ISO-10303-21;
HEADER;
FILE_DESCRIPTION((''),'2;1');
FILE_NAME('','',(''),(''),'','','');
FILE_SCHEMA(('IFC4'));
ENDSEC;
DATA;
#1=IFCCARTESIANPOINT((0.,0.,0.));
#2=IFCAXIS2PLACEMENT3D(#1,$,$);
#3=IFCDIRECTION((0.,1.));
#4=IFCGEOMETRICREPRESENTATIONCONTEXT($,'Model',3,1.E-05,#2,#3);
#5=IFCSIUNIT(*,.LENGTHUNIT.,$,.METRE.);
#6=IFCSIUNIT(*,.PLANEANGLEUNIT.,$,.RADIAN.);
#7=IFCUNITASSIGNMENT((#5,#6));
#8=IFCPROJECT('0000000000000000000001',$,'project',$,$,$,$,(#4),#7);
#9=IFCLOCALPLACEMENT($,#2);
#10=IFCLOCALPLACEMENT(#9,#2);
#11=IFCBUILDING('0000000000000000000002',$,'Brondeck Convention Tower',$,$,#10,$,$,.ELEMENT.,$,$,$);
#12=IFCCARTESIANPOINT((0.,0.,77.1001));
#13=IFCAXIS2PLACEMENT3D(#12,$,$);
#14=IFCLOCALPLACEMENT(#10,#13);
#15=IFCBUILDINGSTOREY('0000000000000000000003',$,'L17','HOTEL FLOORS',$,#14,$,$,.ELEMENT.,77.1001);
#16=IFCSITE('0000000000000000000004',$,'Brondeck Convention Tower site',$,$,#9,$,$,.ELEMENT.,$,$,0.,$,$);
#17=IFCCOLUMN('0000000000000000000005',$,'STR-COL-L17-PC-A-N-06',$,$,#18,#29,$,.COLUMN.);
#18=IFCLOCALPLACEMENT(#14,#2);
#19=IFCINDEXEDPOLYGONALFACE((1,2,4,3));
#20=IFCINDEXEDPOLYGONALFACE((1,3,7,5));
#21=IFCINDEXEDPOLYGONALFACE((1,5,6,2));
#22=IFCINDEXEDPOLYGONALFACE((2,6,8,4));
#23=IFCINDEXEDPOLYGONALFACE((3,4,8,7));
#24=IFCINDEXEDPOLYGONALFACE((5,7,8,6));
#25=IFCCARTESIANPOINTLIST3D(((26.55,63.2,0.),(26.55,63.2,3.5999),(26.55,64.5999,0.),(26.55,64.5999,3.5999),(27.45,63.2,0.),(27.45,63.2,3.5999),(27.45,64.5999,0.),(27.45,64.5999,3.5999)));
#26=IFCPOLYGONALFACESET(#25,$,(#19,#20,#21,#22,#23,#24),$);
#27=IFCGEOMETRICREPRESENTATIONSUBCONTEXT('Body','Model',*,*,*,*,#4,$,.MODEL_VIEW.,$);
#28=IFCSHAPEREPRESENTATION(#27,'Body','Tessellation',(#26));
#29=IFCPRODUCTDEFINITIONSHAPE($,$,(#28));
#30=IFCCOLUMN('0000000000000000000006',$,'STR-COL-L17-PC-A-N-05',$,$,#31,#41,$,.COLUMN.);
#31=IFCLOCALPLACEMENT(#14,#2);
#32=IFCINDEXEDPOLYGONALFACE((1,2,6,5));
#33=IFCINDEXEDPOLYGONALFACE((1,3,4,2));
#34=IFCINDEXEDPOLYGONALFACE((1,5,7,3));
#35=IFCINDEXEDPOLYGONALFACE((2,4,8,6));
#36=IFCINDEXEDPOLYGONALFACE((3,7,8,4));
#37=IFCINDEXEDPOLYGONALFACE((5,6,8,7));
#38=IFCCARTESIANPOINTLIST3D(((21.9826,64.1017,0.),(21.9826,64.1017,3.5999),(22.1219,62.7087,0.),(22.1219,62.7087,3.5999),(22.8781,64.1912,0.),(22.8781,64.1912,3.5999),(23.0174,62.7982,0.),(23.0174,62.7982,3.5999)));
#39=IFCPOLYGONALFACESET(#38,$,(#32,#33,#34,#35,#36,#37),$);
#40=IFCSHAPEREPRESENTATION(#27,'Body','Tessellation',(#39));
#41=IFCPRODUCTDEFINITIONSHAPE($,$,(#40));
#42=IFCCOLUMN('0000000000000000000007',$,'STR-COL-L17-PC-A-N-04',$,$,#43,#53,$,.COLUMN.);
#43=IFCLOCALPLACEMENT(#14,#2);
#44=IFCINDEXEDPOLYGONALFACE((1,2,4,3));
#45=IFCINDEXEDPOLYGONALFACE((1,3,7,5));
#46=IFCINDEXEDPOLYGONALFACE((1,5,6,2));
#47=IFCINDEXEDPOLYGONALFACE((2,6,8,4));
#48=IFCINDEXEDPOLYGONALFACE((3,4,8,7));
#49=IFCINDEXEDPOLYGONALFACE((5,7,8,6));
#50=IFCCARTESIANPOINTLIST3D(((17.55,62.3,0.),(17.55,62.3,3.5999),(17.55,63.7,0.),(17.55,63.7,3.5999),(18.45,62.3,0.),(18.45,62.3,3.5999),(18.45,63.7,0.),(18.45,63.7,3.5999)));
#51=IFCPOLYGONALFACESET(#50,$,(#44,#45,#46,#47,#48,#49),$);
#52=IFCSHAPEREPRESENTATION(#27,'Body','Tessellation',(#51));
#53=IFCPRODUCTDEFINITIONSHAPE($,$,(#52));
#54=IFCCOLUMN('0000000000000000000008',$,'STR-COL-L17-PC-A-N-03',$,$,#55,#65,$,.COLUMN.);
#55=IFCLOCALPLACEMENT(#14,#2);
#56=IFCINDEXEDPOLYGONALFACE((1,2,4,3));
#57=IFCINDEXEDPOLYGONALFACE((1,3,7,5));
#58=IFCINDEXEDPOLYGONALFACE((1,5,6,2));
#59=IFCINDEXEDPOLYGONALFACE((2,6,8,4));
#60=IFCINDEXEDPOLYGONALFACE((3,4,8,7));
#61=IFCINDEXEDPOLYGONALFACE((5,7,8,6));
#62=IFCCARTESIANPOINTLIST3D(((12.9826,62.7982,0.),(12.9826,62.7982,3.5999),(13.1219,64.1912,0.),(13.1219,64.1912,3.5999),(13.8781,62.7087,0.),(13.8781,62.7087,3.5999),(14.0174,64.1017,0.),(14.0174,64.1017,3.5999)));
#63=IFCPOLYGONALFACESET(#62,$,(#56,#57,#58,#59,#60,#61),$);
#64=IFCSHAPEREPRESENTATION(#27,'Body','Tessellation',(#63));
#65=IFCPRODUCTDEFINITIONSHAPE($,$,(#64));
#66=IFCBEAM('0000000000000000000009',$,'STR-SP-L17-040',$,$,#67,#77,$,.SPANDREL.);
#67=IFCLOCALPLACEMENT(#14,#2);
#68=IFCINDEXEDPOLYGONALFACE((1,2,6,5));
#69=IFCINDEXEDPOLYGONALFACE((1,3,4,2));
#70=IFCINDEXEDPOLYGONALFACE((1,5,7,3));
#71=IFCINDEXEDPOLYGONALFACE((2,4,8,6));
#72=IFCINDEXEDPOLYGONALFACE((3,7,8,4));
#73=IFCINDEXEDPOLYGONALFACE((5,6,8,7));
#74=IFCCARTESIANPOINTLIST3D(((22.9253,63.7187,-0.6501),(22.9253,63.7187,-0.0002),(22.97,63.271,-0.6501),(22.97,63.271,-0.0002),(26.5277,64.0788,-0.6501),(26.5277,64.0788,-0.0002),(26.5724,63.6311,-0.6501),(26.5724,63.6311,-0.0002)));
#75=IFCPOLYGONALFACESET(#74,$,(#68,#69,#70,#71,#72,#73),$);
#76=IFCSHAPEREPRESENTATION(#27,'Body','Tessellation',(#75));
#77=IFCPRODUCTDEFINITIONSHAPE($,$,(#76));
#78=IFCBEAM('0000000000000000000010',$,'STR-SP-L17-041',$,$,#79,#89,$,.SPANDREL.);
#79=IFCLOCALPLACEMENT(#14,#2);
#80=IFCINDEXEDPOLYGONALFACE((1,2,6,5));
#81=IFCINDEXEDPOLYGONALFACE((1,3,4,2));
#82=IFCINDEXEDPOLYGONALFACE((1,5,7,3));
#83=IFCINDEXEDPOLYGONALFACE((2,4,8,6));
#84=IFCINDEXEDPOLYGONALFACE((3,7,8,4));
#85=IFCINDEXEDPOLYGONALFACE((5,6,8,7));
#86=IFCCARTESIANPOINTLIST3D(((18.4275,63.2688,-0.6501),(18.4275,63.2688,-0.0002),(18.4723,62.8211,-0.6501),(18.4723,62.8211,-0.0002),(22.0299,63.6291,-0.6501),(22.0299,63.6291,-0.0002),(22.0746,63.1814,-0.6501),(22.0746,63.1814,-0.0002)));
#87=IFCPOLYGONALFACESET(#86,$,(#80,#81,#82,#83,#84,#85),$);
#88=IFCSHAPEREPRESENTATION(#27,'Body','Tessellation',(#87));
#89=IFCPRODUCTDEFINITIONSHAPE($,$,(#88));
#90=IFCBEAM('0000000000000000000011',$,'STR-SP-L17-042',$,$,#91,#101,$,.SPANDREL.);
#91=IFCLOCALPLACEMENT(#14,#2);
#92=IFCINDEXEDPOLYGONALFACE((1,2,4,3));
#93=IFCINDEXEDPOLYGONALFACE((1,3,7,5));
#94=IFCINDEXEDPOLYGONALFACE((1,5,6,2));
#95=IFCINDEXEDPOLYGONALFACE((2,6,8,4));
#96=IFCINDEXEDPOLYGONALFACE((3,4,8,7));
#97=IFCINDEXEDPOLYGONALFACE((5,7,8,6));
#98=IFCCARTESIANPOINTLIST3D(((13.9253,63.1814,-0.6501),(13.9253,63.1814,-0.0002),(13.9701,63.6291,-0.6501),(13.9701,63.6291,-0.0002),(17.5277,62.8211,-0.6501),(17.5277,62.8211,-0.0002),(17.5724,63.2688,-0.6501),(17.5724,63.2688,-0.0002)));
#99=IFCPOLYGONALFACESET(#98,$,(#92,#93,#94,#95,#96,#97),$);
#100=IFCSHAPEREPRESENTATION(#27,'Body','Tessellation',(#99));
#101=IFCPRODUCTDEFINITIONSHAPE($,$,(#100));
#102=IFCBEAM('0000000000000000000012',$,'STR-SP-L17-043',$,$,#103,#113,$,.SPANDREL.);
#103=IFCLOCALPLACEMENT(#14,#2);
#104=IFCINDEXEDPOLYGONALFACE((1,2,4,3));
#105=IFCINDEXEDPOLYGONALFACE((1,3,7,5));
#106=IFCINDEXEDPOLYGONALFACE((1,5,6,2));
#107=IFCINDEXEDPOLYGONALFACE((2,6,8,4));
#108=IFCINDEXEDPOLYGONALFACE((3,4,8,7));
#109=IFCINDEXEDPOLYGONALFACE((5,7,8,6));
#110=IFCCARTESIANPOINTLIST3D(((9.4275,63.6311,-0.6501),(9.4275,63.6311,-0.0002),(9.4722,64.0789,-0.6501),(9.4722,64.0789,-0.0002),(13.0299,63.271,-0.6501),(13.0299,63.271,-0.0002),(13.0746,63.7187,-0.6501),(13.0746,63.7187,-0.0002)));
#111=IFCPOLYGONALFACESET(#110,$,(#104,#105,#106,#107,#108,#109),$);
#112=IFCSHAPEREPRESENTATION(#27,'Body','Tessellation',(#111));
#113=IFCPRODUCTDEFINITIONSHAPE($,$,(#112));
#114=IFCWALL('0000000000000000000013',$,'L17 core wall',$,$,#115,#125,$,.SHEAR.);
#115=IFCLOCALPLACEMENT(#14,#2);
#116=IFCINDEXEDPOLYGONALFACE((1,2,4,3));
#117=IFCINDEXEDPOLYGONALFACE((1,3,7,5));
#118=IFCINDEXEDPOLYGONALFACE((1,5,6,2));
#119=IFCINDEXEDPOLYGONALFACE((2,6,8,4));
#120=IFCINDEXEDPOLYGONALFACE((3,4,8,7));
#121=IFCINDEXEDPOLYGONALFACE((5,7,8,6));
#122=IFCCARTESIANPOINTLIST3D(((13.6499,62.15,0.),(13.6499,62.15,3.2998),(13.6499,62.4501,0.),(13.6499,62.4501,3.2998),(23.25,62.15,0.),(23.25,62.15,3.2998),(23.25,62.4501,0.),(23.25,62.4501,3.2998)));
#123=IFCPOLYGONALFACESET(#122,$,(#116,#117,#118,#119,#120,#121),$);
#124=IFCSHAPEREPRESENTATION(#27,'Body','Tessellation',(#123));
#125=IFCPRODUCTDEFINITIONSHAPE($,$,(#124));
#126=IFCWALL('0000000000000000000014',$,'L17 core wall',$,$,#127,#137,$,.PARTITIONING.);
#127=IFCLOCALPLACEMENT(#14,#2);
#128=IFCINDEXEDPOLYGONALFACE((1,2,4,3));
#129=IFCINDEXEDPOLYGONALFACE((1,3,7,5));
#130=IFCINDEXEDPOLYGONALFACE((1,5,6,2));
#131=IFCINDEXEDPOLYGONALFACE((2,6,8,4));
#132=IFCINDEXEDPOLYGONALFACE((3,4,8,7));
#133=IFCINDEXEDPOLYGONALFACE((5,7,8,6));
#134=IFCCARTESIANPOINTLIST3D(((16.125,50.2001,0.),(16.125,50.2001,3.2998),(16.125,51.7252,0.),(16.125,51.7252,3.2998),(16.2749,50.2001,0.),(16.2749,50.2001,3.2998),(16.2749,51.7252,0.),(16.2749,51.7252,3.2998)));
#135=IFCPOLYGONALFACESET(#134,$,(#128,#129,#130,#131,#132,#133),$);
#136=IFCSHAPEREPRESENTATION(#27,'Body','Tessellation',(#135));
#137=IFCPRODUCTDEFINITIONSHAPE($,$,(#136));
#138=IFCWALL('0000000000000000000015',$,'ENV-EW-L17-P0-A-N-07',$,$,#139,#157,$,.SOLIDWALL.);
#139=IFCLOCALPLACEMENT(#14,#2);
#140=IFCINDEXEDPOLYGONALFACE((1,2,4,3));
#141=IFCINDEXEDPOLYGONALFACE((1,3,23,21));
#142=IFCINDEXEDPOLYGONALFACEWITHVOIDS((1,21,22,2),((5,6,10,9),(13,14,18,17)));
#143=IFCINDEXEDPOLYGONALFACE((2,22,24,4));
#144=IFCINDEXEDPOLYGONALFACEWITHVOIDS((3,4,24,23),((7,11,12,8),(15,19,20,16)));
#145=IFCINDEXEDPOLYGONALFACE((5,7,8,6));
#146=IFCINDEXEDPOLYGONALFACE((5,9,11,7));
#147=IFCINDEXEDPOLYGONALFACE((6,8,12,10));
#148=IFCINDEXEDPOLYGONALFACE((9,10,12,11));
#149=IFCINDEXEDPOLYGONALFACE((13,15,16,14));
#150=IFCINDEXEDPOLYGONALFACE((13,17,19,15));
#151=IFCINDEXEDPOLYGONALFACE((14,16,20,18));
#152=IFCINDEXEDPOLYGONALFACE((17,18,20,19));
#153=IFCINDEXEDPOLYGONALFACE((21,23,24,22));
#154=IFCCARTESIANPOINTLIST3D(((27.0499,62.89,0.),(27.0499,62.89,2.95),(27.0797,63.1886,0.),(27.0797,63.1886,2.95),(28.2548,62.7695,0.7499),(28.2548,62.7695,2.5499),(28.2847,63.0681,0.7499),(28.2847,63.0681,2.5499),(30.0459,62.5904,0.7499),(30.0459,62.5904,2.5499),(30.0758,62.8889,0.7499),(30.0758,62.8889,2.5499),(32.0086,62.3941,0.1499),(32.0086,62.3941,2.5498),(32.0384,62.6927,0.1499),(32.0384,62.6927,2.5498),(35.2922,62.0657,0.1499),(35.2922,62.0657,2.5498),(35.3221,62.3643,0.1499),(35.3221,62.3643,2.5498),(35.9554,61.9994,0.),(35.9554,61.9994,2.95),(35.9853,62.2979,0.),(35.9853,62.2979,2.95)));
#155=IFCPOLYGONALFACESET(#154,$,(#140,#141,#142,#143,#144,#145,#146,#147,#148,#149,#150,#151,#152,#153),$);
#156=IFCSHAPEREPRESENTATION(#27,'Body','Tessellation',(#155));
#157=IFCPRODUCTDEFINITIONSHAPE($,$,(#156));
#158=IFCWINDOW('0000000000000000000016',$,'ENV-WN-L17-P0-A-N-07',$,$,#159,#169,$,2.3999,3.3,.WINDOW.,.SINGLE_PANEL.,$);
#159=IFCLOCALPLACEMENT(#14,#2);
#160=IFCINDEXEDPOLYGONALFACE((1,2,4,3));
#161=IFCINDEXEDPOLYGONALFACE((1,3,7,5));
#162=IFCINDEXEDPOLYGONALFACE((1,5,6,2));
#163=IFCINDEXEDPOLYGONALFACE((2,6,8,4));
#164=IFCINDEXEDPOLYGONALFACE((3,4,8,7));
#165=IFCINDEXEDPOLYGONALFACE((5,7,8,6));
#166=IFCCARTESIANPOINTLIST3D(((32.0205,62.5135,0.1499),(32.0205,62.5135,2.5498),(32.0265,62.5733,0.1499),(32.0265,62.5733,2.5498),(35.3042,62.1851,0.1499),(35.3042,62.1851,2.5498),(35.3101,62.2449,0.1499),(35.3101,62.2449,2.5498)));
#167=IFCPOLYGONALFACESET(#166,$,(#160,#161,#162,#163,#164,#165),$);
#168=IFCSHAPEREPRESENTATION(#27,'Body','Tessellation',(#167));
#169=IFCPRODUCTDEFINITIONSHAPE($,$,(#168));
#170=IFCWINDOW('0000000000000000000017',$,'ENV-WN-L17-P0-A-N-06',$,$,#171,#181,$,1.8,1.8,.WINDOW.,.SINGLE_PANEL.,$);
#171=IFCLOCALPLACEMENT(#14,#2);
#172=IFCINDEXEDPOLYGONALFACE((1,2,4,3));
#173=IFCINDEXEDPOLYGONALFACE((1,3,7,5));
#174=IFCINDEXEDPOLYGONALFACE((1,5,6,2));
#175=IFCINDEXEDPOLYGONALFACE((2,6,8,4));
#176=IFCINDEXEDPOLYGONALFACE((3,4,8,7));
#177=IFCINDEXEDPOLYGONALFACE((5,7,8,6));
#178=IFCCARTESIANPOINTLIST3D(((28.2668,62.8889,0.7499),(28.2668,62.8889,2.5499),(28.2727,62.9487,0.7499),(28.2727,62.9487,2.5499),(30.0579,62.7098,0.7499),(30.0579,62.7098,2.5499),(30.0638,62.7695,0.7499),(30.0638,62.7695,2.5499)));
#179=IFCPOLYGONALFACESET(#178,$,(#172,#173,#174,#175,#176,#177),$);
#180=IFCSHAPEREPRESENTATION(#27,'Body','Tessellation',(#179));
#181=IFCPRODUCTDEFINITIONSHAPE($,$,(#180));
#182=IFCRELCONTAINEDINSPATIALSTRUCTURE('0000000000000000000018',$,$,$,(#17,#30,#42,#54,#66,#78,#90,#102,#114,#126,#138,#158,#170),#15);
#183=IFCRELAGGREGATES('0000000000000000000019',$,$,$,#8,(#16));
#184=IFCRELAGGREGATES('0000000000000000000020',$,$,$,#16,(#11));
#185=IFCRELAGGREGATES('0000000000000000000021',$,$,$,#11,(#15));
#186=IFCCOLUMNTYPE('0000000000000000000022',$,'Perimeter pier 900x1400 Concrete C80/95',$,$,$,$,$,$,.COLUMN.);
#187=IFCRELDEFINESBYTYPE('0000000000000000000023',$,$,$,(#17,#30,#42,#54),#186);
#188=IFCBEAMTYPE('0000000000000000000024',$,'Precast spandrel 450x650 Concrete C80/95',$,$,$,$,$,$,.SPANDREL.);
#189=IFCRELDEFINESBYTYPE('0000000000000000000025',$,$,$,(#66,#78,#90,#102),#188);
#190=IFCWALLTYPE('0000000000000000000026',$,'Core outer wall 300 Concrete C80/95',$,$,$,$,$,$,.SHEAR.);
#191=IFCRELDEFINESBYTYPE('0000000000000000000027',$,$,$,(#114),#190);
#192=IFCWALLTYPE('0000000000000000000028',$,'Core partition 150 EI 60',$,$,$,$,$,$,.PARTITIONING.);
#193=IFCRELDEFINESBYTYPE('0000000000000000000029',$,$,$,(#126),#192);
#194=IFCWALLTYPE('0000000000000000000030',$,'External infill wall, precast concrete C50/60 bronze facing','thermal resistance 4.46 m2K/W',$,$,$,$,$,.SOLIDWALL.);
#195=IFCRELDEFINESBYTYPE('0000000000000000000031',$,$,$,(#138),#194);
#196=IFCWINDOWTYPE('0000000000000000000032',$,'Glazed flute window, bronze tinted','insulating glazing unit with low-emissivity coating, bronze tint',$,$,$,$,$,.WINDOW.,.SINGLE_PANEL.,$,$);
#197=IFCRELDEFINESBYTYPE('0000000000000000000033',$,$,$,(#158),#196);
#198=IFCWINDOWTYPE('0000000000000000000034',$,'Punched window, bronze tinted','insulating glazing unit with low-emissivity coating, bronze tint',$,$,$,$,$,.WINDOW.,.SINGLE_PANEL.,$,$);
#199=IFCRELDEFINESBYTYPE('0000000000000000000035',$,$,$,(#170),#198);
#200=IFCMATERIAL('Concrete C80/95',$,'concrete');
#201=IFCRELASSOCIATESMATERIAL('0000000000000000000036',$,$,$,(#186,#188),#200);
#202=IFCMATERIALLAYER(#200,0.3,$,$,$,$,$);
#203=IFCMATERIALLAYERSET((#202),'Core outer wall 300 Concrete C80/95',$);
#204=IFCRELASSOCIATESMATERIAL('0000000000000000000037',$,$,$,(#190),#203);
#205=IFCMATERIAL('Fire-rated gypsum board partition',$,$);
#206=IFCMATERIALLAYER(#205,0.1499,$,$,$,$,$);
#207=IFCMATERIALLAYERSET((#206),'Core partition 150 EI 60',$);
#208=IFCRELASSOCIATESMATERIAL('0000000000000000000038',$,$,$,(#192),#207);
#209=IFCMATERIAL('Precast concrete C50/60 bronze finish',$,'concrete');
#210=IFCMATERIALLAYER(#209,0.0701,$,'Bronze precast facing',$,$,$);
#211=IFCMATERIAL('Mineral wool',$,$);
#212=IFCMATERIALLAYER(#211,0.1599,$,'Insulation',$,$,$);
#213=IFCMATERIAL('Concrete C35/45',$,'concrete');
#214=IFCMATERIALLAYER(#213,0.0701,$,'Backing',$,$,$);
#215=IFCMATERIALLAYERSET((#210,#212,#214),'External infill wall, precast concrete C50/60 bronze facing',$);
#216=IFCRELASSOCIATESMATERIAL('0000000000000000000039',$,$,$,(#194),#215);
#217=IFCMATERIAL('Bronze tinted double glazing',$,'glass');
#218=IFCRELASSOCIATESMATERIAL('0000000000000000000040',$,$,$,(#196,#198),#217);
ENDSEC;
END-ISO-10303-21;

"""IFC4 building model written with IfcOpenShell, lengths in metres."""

from ifc_helpers import new_model, si_unit, direction, frame, frame_2d, origin, origin_2d, place, context, subcontext, project, spatial, rectangle, extrude, material, layer, layer_set, material_profile, profile_set, type_object, element, fill, save


model = new_model("IFC4")

# Units and contexts
model_context = context("Model", 3, precision=1e-05, world=origin(), true_north=direction((0.0, 1.0)))
body_context = subcontext(model_context, "Body", "Model", "MODEL_VIEW")
ifc_project = project(units=[si_unit("LENGTHUNIT", "METRE"), si_unit("PLANEANGLEUNIT", "RADIAN")], contexts=[model_context])

# Site, building, storey
site_placement = place(None, origin())
site = spatial("IfcSite", under=ifc_project, at=site_placement, Name="Brondeck Convention Tower site", CompositionType="ELEMENT", RefElevation=0.0)
building_placement = place(site_placement, origin())
building = spatial("IfcBuilding", under=site, at=building_placement, Name="Brondeck Convention Tower", CompositionType="ELEMENT")
storey_placement = place(building_placement, frame((0.0, 0.0, 77.1001)))
storey = spatial("IfcBuildingStorey", under=building, at=storey_placement, Name="L17", Description="HOTEL FLOORS", CompositionType="ELEMENT", Elevation=77.1001)

# Columns
ifc_material_1 = material(Name="Concrete C80/95", Category="concrete")
ifc_material_profile_1 = material_profile(ifc_material_1, rectangle(XDim=0.8999, YDim=1.3999, at=origin_2d()), Name="Perimeter pier 900x1400 Concrete C80/95")
ifc_profile_set_1 = profile_set([ifc_material_profile_1], Name="Concrete C80/95")
column_type = type_object("IfcColumnType", Name="Perimeter pier 900x1400 Concrete C80/95", PredefinedType="COLUMN", material=ifc_profile_set_1)
for number, where, z_axis, x_axis, name in (
    (1, (27.0, 63.8999, 0.0), (0.0, 0.0, 1.0), (-1.0, 0.0, 0.0), "STR-COL-L17-PC-A-N-06"),
    (2, (22.5, 63.45, 0.0), (0.0, 0.0, 1.0), (-0.995037, -0.099504, 0.0), "STR-COL-L17-PC-A-N-05"),
    (3, (18.0, 63.0, 0.0), (0.0, 0.0, 1.0), (-1.0, 0.0, 0.0), "STR-COL-L17-PC-A-N-04"),
    (4, (13.5, 63.45, 0.0), (0.0, 0.0, 1.0), (-0.995037, 0.099504, 0.0), "STR-COL-L17-PC-A-N-03"),
):
    element("IfcColumn", number, at=place(storey_placement, frame(where, z_axis=z_axis, x_axis=x_axis)), inside=storey, type_object=column_type, Name=name, PredefinedType="COLUMN", context=body_context, shape_type="SweptSolid", body=[
        extrude(rectangle(XDim=0.8999, YDim=1.3999, at=origin_2d()), origin(), (0.0, 0.0, 1.0), 3.5999),
    ])

# Beams
ifc_material_profile_2 = material_profile(ifc_material_1, rectangle(XDim=0.45, YDim=0.6499, at=origin_2d()), Name="Precast spandrel 450x650 Concrete C80/95")
ifc_profile_set_2 = profile_set([ifc_material_profile_2], Name="Concrete C80/95")
beam_type = type_object("IfcBeamType", Name="Precast spandrel 450x650 Concrete C80/95", PredefinedType="SPANDREL", material=ifc_profile_set_2)
for number, where, z_axis, x_axis, name in (
    (5, (26.55, 63.855, -0.3252), (-0.995041, -0.09947, 0.0), (0.09947, -0.995041, 0.0), "STR-SP-L17-040"),
    (6, (22.0522, 63.4053, -0.3252), (-0.995034, -0.099537, 0.0), (0.099537, -0.995034, 0.0), "STR-SP-L17-041"),
    (7, (17.55, 63.0449, -0.3252), (-0.995034, 0.099537, 0.0), (-0.099537, -0.995034, 0.0), "STR-SP-L17-042"),
    (8, (13.0522, 63.4949, -0.3252), (-0.995041, 0.09947, 0.0), (-0.09947, -0.995041, 0.0), "STR-SP-L17-043"),
):
    element("IfcBeam", number, at=place(storey_placement, frame(where, z_axis=z_axis, x_axis=x_axis)), inside=storey, type_object=beam_type, Name=name, PredefinedType="SPANDREL", context=body_context, shape_type="SweptSolid", body=[
        extrude(rectangle(XDim=0.45, YDim=0.6499, at=origin_2d()), origin(), (0.0, 0.0, 1.0), 3.6204),
    ])

# Walls
ifc_layer_1 = layer(ifc_material_1, 0.3)
ifc_layer_set_1 = layer_set([ifc_layer_1], Name="Core outer wall 300 Concrete C80/95")
wall_type_1 = type_object("IfcWallType", Name="Core outer wall 300 Concrete C80/95", PredefinedType="SHEAR", material=ifc_layer_set_1)
wall_1_placement = place(storey_placement, frame((13.6499, 62.3, 0.0), z_axis=(0.0, 0.0, 1.0), x_axis=(1.0, 0.0, 0.0)))
element("IfcWall", 9, at=wall_1_placement, inside=storey, type_object=wall_type_1, Name="L17 core wall", PredefinedType="SHEAR", context=body_context, shape_type="SweptSolid", body=[
    extrude(rectangle(XDim=9.6001, YDim=0.3, at=frame_2d((4.8, 0.0))), origin(), (0.0, 0.0, 1.0), 3.2998),
])
ifc_material_2 = material(Name="Fire-rated gypsum board partition")
ifc_layer_2 = layer(ifc_material_2, 0.1499)
ifc_layer_set_2 = layer_set([ifc_layer_2], Name="Core partition 150 EI 60")
wall_type_2 = type_object("IfcWallType", Name="Core partition 150 EI 60", PredefinedType="PARTITIONING", material=ifc_layer_set_2)
wall_2_placement = place(storey_placement, frame((16.2, 50.2, 0.0), z_axis=(0.0, 0.0, 1.0), x_axis=(0.0, 1.0, 0.0)))
element("IfcWall", 10, at=wall_2_placement, inside=storey, type_object=wall_type_2, Name="L17 core wall", PredefinedType="PARTITIONING", context=body_context, shape_type="SweptSolid", body=[
    extrude(rectangle(XDim=1.5251, YDim=0.1499, at=frame_2d((0.7627, 0.0))), origin(), (0.0, 0.0, 1.0), 3.2998),
])

# Wall, openings, windows
ifc_material_3 = material(Name="Precast concrete C50/60 bronze finish", Category="concrete")
ifc_layer_3 = layer(ifc_material_3, 0.0701, Name="Bronze precast facing")
ifc_material_4 = material(Name="Mineral wool")
ifc_layer_4 = layer(ifc_material_4, 0.1599, Name="Insulation")
ifc_material_5 = material(Name="Concrete C35/45", Category="concrete")
ifc_layer_5 = layer(ifc_material_5, 0.0701, Name="Backing")
ifc_layer_set_3 = layer_set([ifc_layer_3, ifc_layer_4, ifc_layer_5], Name="External infill wall, precast concrete C50/60 bronze facing")
wall_type_3 = type_object("IfcWallType", Name="External infill wall, precast concrete C50/60 bronze facing", Description="thermal resistance 4.46 m2K/W", PredefinedType="SOLIDWALL", material=ifc_layer_set_3)
wall_3_placement = place(storey_placement, frame((27.0647, 63.0393, 0.0), z_axis=(0.0, 0.0, 1.0), x_axis=(0.995036, -0.099512, 0.0)))
wall_3 = element("IfcWall", 11, at=wall_3_placement, inside=storey, type_object=wall_type_3, Name="ENV-EW-L17-P0-A-N-07", PredefinedType="SOLIDWALL", context=body_context, shape_type="SweptSolid", body=[
    extrude(rectangle(XDim=8.95, YDim=0.3, at=frame_2d((4.4751, 0.0))), origin(), (0.0, 0.0, 1.0), 2.95),
])
opening_1_placement = place(wall_3_placement, frame((1.2112, 0.0, 0.75)))
opening_1 = element("IfcOpeningElement", 12, at=opening_1_placement, cuts=wall_3, PredefinedType="OPENING", context=body_context, shape_type="SweptSolid", body=[
    extrude(rectangle(XDim=1.8, YDim=1.8, at=frame_2d((0.8999, 0.8999))), frame((0.0, 0.1599, 0.0), z_axis=(0.0, -1.0, 0.0), x_axis=(1.0, 0.0, 0.0)), (0.0, 0.0, 1.0), 0.3201),
])
opening_2_placement = place(wall_3_placement, frame((4.9836, 0.0, 0.1499)))
opening_2 = element("IfcOpeningElement", 13, at=opening_2_placement, cuts=wall_3, PredefinedType="OPENING", context=body_context, shape_type="SweptSolid", body=[
    extrude(rectangle(XDim=3.3, YDim=2.3999, at=frame_2d((1.6499, 1.2))), frame((0.0, 0.1599, 0.0), z_axis=(0.0, -1.0, 0.0), x_axis=(1.0, 0.0, 0.0)), (0.0, 0.0, 1.0), 0.3201),
])
ifc_material_6 = material(Name="Bronze tinted double glazing", Category="glass")
window_type_1 = type_object("IfcWindowType", Name="Glazed flute window, bronze tinted", Description="insulating glazing unit with low-emissivity coating, bronze tint", PartitioningType="SINGLE_PANEL", PredefinedType="WINDOW", material=ifc_material_6)
window_1_placement = place(opening_2_placement, origin())
window_1 = element("IfcWindow", 14, at=window_1_placement, inside=storey, type_object=window_type_1, Name="ENV-WN-L17-P0-A-N-07", OverallHeight=2.3999, OverallWidth=3.3, PartitioningType="SINGLE_PANEL", PredefinedType="WINDOW", context=body_context, shape_type="SweptSolid", body=[
    extrude(rectangle(XDim=3.3, YDim=2.3999, at=frame_2d((1.6499, 1.2))), frame((0.0, 0.03, 0.0), z_axis=(0.0, -1.0, 0.0), x_axis=(1.0, 0.0, 0.0)), (0.0, 0.0, 1.0), 0.0601),
])
fill(opening_2, window_1)
window_type_2 = type_object("IfcWindowType", Name="Punched window, bronze tinted", Description="insulating glazing unit with low-emissivity coating, bronze tint", PartitioningType="SINGLE_PANEL", PredefinedType="WINDOW", material=ifc_material_6)
window_2_placement = place(opening_1_placement, origin())
window_2 = element("IfcWindow", 15, at=window_2_placement, inside=storey, type_object=window_type_2, Name="ENV-WN-L17-P0-A-N-06", OverallHeight=1.8, OverallWidth=1.8, PartitioningType="SINGLE_PANEL", PredefinedType="WINDOW", context=body_context, shape_type="SweptSolid", body=[
    extrude(rectangle(XDim=1.8, YDim=1.8, at=frame_2d((0.8999, 0.8999))), frame((0.0, 0.03, 0.0), z_axis=(0.0, -1.0, 0.0), x_axis=(1.0, 0.0, 0.0)), (0.0, 0.0, 1.0), 0.0601),
])
fill(opening_1, window_2)

save(model, "model.ifc")
